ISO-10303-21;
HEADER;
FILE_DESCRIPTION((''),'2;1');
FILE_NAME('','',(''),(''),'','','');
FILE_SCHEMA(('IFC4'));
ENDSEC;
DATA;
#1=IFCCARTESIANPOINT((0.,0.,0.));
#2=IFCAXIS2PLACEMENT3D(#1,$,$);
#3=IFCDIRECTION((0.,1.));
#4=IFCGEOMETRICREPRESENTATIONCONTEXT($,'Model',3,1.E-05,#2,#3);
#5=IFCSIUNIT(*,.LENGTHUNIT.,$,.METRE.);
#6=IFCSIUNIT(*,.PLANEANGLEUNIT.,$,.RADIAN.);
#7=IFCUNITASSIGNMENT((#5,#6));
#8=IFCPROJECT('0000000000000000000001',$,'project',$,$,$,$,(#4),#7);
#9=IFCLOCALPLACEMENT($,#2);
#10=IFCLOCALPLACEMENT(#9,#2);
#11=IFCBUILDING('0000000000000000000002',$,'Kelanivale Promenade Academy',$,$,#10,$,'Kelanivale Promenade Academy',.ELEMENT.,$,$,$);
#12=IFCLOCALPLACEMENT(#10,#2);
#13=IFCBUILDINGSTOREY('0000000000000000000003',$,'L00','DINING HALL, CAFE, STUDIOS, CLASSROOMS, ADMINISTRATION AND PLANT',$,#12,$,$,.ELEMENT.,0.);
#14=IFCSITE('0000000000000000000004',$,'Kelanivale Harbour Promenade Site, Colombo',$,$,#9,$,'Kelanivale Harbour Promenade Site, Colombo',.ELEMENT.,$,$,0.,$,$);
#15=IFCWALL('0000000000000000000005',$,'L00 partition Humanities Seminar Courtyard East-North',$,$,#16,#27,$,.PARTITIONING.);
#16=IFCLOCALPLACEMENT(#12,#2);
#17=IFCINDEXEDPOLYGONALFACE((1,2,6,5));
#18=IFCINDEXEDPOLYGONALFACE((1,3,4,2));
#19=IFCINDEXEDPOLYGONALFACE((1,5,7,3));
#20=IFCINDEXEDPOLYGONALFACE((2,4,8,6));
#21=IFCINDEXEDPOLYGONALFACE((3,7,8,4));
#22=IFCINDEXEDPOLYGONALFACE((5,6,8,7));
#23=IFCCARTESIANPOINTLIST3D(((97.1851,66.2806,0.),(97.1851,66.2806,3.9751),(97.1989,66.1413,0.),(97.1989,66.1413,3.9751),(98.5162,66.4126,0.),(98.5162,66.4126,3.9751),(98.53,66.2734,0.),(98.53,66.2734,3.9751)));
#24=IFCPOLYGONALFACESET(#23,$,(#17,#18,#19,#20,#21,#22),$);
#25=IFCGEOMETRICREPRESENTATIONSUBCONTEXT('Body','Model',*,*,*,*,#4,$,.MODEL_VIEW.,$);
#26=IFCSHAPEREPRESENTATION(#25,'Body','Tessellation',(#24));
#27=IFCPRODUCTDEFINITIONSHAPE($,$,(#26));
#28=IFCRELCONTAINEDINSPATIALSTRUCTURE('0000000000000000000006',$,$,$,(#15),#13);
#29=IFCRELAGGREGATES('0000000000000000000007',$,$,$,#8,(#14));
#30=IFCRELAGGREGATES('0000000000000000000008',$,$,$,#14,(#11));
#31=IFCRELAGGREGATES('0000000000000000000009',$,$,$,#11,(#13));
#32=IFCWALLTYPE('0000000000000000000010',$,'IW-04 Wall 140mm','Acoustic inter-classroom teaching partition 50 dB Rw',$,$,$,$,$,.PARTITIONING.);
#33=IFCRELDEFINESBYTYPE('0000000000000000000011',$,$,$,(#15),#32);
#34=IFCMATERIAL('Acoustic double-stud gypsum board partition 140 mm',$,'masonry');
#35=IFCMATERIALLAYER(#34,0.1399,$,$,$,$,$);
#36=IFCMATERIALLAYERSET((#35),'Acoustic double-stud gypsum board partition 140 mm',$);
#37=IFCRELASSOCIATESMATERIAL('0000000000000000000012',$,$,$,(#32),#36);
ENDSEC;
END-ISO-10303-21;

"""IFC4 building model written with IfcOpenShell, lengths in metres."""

from ifc_helpers import new_model, si_unit, direction, frame, frame_2d, origin, place, context, subcontext, project, spatial, rectangle, extrude, material, layer, layer_set, type_object, element, save


model = new_model("IFC4")

# Units and contexts
model_context = context("Model", 3, precision=1e-05, world=origin(), true_north=direction((0.0, 1.0)))
body_context = subcontext(model_context, "Body", "Model", "MODEL_VIEW")
ifc_project = project(units=[si_unit("LENGTHUNIT", "METRE"), si_unit("PLANEANGLEUNIT", "RADIAN")], contexts=[model_context])

# Site, building, storey
site_placement = place(None, origin())
site = spatial("IfcSite", under=ifc_project, at=site_placement, Name="Kelanivale Harbour Promenade Site, Colombo", LongName="Kelanivale Harbour Promenade Site, Colombo", CompositionType="ELEMENT", RefElevation=0.0)
building_placement = place(site_placement, origin())
building = spatial("IfcBuilding", under=site, at=building_placement, Name="Kelanivale Promenade Academy", LongName="Kelanivale Promenade Academy", CompositionType="ELEMENT")
storey_placement = place(building_placement, origin())
storey = spatial("IfcBuildingStorey", under=building, at=storey_placement, Name="L00", Description="DINING HALL, CAFE, STUDIOS, CLASSROOMS, ADMINISTRATION AND PLANT", CompositionType="ELEMENT", Elevation=0.0)

# Wall
ifc_material_1 = material(Name="Acoustic double-stud gypsum board partition 140 mm", Category="masonry")
ifc_layer_1 = layer(ifc_material_1, 0.1399)
ifc_layer_set_1 = layer_set([ifc_layer_1], Name="Acoustic double-stud gypsum board partition 140 mm")
wall_type = type_object("IfcWallType", Name="IW-04 Wall 140mm", Description="Acoustic inter-classroom teaching partition 50 dB Rw", PredefinedType="PARTITIONING", material=ifc_layer_set_1)
for number, where, z_axis, x_axis, name in (
    (1, (97.1919, 66.2109, 0.0), (0.0, 0.0, 1.0), (0.995113, 0.098745, 0.0), "L00 partition Humanities Seminar Courtyard East-North"),
):
    element("IfcWall", number, at=place(storey_placement, frame(where, z_axis=z_axis, x_axis=x_axis)), inside=storey, type_object=wall_type, Name=name, PredefinedType="PARTITIONING", context=body_context, shape_type="SweptSolid", body=[
        extrude(rectangle(XDim=1.3376, YDim=0.1399, at=frame_2d((0.6689, 0.0))), origin(), (0.0, 0.0, 1.0), 3.9751),
    ])

save(model, "model.ifc")
